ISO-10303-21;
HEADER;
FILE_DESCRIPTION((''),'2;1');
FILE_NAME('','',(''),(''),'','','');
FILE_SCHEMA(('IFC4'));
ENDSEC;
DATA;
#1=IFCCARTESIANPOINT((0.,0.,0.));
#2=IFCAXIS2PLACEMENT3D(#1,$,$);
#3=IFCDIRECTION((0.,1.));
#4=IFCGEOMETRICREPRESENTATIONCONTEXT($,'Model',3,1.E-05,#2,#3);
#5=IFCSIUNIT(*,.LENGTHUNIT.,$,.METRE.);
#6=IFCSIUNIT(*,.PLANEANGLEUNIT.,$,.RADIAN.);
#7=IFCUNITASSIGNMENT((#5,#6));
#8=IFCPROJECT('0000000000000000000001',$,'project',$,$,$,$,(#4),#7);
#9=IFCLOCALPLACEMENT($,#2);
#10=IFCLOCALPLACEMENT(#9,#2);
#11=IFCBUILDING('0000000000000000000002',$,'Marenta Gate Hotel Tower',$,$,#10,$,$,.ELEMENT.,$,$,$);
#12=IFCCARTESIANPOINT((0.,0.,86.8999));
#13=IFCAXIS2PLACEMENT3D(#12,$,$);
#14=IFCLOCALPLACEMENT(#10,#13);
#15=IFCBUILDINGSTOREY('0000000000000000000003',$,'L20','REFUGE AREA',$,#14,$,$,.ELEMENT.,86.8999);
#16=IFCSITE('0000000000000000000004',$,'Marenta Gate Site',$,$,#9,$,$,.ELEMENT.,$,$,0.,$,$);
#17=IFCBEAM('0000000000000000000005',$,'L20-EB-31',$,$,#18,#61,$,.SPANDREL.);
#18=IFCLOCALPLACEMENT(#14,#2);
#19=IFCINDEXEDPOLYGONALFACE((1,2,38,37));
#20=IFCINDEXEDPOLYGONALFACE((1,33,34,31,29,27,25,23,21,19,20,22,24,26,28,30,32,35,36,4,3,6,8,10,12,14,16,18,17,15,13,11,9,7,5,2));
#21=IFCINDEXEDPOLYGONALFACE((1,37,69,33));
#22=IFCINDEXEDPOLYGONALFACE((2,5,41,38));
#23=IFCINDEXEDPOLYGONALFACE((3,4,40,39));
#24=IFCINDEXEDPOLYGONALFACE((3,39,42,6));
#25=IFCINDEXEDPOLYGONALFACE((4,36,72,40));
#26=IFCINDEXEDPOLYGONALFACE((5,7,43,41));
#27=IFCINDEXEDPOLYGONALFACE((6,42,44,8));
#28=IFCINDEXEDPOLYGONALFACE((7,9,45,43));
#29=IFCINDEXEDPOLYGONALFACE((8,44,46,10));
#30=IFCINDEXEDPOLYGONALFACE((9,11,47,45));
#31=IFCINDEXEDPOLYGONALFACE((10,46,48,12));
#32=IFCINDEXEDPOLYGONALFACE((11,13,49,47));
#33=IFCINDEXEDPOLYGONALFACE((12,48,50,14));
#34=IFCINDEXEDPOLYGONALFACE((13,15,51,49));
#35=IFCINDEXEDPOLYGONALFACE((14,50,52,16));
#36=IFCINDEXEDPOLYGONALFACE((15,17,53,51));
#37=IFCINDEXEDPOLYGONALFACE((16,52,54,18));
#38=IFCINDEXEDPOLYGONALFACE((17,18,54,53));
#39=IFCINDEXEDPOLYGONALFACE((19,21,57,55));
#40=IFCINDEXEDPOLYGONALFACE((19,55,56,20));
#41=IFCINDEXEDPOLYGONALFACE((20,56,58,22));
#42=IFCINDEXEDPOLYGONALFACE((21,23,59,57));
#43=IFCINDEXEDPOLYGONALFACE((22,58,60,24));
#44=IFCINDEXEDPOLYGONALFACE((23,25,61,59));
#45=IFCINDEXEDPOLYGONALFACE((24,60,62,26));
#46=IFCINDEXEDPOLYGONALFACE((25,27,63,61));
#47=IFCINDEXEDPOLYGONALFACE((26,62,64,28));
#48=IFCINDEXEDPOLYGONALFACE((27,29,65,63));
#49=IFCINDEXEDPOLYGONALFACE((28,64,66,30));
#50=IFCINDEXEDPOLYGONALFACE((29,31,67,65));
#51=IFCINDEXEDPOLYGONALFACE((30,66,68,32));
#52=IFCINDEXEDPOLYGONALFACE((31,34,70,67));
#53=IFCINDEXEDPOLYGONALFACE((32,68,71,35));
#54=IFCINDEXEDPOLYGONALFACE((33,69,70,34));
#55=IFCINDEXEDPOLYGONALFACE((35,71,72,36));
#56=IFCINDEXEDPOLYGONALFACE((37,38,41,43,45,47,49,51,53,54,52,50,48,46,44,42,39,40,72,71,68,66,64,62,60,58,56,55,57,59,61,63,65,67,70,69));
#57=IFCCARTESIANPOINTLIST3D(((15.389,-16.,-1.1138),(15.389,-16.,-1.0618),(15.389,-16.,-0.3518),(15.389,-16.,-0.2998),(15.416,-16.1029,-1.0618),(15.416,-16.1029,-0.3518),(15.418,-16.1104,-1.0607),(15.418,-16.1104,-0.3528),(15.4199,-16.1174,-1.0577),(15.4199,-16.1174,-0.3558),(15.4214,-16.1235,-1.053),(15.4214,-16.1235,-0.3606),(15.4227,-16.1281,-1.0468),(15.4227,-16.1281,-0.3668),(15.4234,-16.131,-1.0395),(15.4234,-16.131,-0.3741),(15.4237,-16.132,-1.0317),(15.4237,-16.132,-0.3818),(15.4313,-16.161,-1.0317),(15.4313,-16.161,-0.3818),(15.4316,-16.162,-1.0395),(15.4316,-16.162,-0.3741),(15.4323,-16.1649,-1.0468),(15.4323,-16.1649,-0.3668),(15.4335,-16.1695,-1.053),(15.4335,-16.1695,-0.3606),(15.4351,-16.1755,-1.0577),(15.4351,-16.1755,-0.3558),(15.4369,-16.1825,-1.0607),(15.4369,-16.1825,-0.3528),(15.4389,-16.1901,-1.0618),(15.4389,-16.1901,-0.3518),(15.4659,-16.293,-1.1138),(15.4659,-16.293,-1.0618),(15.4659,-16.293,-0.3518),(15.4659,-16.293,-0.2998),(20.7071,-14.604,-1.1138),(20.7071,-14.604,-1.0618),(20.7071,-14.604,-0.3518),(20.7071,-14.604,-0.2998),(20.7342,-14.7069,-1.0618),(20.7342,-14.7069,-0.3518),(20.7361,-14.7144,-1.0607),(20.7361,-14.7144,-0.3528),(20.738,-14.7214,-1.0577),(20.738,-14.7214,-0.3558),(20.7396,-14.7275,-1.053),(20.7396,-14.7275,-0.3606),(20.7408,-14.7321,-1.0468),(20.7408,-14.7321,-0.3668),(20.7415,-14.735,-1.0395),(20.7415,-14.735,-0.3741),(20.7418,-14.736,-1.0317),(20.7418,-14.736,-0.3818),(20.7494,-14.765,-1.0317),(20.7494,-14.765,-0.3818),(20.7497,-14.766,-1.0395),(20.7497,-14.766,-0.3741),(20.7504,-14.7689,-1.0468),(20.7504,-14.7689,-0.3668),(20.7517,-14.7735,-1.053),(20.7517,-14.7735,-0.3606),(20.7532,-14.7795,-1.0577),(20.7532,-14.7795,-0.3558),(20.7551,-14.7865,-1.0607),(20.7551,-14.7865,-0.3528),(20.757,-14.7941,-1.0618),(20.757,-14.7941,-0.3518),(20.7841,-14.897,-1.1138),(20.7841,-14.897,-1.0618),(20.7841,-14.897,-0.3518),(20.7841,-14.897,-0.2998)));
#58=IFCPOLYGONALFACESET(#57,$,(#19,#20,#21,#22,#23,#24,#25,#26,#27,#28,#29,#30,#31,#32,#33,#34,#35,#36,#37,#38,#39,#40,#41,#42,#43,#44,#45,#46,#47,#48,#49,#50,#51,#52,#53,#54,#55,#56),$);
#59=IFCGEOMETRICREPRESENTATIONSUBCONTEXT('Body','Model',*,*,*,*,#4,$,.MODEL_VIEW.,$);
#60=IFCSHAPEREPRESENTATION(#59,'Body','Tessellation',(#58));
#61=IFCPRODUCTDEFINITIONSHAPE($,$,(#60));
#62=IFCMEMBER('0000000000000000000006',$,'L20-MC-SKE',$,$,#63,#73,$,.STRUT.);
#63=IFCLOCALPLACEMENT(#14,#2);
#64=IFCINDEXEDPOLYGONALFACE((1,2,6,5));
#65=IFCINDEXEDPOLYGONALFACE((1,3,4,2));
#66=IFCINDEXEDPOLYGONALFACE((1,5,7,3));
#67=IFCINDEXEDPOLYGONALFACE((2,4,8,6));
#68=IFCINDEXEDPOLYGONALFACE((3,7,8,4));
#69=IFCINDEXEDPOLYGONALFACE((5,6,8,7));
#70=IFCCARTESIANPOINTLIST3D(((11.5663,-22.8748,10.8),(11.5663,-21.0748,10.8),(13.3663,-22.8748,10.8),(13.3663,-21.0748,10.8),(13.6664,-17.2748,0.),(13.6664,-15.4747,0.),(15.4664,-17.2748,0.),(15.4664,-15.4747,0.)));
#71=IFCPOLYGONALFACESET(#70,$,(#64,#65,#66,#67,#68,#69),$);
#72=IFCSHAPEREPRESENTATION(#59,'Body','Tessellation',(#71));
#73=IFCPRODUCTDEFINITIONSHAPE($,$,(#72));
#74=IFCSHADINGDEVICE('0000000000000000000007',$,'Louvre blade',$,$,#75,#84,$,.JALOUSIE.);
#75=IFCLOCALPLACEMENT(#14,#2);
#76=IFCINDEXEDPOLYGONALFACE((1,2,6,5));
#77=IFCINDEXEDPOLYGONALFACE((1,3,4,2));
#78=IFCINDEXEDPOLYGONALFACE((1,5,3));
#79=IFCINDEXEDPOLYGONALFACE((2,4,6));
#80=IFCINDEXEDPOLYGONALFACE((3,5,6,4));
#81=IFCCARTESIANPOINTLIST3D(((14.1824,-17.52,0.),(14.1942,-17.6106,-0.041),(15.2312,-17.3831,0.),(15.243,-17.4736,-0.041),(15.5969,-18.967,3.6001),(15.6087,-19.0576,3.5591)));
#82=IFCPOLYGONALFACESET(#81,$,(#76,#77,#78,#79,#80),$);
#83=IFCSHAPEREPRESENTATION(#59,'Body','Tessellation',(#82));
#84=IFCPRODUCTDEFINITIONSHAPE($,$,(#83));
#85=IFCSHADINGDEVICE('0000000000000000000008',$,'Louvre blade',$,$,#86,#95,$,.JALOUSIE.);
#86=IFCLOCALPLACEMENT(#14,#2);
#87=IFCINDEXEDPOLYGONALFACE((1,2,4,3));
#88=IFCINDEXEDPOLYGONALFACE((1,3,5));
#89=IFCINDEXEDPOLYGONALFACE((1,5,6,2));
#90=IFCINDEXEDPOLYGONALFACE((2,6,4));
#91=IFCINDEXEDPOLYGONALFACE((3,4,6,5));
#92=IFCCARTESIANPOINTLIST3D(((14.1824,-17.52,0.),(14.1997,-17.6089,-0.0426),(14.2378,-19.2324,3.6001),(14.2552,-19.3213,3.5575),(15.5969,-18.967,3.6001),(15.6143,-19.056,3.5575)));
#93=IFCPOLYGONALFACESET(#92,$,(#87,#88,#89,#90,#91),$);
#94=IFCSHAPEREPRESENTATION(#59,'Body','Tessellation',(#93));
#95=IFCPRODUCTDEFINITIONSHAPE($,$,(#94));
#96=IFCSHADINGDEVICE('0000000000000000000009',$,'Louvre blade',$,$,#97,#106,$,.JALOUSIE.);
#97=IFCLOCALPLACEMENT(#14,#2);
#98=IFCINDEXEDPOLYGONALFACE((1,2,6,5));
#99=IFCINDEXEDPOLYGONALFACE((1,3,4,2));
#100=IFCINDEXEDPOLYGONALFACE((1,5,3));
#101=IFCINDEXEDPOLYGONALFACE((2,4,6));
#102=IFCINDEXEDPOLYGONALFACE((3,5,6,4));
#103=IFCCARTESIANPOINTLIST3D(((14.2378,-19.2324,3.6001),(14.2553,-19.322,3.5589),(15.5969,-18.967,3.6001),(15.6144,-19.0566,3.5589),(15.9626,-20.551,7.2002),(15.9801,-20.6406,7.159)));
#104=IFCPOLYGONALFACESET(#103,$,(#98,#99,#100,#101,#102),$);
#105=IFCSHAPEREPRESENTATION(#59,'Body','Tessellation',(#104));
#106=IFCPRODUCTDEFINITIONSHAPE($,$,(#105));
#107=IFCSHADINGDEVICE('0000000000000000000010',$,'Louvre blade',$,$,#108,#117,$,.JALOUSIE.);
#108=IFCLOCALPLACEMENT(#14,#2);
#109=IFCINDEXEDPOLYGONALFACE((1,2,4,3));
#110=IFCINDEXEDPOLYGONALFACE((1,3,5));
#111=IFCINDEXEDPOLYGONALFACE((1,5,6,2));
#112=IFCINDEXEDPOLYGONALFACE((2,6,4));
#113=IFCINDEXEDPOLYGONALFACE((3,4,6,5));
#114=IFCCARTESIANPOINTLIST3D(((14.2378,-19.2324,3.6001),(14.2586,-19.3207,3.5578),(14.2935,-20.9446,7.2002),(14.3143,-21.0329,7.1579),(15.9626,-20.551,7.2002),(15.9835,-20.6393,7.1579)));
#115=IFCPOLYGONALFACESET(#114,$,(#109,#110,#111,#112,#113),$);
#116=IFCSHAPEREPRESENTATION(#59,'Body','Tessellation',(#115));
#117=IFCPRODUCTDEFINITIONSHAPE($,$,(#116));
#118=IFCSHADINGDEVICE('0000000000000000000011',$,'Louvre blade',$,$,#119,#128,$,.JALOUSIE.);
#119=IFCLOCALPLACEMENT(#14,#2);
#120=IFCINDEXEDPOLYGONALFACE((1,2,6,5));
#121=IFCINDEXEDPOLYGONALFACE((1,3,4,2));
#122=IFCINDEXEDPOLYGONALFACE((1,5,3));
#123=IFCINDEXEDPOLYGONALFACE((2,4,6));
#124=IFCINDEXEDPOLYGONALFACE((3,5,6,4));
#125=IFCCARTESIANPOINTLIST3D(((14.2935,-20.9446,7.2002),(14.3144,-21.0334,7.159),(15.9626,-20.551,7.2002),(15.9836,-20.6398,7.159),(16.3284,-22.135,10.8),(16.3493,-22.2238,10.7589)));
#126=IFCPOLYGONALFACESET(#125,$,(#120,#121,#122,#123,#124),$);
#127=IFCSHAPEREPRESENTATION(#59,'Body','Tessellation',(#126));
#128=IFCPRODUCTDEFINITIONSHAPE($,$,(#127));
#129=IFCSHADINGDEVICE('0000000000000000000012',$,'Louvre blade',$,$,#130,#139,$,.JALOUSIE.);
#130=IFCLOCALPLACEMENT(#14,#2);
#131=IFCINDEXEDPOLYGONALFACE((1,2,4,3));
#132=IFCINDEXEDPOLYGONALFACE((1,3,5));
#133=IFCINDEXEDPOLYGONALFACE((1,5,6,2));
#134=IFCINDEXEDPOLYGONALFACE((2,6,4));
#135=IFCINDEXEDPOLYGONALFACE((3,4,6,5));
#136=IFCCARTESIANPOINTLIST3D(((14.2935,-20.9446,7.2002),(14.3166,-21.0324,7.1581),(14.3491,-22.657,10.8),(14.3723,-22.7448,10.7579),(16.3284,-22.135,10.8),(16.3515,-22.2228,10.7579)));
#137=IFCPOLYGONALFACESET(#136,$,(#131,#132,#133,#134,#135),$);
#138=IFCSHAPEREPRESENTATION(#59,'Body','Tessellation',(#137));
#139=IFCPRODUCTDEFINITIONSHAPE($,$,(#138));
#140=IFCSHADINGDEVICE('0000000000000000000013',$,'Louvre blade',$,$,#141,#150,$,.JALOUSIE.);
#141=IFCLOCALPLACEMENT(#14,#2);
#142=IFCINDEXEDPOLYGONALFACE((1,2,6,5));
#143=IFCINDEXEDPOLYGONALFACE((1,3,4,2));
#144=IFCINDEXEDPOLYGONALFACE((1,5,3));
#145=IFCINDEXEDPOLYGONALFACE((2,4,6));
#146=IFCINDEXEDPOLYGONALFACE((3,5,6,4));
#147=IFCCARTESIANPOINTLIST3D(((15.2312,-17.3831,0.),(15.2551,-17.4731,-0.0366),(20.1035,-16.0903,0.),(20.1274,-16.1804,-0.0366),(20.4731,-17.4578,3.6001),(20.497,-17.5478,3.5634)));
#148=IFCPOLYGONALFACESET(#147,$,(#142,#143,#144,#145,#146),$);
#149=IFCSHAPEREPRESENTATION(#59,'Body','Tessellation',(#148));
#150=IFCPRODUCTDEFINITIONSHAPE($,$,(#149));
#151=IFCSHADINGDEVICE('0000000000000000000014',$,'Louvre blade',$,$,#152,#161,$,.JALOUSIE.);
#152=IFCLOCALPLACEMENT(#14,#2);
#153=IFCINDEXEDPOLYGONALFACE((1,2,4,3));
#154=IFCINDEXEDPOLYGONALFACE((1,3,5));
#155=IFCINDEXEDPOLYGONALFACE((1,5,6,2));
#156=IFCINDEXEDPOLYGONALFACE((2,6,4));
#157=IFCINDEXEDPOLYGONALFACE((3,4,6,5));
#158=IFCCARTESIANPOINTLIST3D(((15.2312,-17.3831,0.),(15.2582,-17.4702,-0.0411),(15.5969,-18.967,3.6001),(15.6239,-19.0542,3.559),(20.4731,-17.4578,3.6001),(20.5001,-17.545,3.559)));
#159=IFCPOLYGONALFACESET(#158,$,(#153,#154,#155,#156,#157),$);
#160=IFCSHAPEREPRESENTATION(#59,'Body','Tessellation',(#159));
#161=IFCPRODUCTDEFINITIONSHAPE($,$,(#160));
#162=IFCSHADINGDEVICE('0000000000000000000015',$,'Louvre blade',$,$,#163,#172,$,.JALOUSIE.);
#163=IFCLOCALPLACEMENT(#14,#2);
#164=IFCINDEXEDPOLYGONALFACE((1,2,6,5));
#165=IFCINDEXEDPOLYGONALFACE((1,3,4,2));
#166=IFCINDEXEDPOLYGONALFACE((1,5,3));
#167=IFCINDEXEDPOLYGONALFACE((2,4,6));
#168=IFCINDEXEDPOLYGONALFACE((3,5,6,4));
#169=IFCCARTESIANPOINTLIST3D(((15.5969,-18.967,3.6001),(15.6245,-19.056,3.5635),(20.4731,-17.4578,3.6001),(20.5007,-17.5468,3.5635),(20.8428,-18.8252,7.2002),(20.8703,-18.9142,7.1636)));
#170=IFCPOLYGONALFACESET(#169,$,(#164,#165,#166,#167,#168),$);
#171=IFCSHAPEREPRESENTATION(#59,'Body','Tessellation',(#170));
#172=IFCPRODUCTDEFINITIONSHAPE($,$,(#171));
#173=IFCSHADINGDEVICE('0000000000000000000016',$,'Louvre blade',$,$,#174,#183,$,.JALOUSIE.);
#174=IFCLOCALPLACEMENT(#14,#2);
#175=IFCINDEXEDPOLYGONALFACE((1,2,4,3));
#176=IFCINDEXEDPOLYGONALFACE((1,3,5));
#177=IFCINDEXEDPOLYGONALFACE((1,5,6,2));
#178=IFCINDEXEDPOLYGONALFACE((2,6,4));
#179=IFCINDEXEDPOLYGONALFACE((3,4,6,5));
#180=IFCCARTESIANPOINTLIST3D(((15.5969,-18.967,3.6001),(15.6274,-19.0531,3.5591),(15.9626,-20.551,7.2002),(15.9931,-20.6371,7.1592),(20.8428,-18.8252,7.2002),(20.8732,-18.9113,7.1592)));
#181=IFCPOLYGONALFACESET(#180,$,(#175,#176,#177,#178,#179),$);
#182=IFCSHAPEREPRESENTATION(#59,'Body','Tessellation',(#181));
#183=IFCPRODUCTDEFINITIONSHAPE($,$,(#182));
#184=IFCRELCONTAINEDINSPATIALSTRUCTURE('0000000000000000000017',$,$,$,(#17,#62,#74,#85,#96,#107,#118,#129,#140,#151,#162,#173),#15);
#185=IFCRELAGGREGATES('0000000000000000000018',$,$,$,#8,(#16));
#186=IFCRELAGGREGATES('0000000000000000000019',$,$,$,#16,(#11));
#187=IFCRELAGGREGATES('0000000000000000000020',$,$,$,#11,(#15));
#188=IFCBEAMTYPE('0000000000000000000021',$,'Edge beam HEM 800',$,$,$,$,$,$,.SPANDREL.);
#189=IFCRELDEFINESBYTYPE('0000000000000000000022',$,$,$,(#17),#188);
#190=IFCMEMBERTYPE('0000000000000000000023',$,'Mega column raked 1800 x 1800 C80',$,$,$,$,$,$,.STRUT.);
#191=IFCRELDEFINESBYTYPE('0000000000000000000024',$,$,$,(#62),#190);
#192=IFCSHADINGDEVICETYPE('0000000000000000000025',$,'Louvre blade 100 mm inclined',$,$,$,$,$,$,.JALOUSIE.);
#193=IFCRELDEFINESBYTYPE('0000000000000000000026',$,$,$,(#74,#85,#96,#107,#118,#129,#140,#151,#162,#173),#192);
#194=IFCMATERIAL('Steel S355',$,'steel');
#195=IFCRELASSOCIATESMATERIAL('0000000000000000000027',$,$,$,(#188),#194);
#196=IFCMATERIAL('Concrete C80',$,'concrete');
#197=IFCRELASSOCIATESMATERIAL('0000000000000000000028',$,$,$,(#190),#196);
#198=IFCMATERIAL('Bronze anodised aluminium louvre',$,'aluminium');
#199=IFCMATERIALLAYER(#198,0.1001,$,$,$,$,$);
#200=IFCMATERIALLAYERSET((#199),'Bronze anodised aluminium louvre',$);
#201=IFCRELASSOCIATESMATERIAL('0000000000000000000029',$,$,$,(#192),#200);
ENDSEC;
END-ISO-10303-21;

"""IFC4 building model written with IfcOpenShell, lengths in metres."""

from ifc_helpers import new_model, si_unit, direction, frame, origin, origin_2d, place, context, subcontext, project, spatial, polyline, rectangle, i_section, outline, extrude, material, layer, layer_set, material_profile, profile_set, type_object, element, save


model = new_model("IFC4")

# Units and contexts
model_context = context("Model", 3, precision=1e-05, world=origin(), true_north=direction((0.0, 1.0)))
body_context = subcontext(model_context, "Body", "Model", "MODEL_VIEW")
ifc_project = project(units=[si_unit("LENGTHUNIT", "METRE"), si_unit("PLANEANGLEUNIT", "RADIAN")], contexts=[model_context])

# Site, building, storey
site_placement = place(None, origin())
site = spatial("IfcSite", under=ifc_project, at=site_placement, Name="Marenta Gate Site", CompositionType="ELEMENT", RefElevation=0.0)
building_placement = place(site_placement, origin())
building = spatial("IfcBuilding", under=site, at=building_placement, Name="Marenta Gate Hotel Tower", CompositionType="ELEMENT")
storey_placement = place(building_placement, frame((0.0, 0.0, 86.8999)))
storey = spatial("IfcBuildingStorey", under=building, at=storey_placement, Name="L20", Description="REFUGE AREA", CompositionType="ELEMENT", Elevation=86.8999)

# Beam
ifc_material_1 = material(Name="Steel S355", Category="steel")
ifc_material_profile_1 = material_profile(ifc_material_1, i_section(OverallWidth=0.303, OverallDepth=0.814, WebThickness=0.03, FlangeThickness=0.052, FilletRadius=0.03, at=origin_2d()), Name="HEM 800")
ifc_profile_set_1 = profile_set([ifc_material_profile_1], Name="Steel S355")
beam_type = type_object("IfcBeamType", Name="Edge beam HEM 800", PredefinedType="SPANDREL", material=ifc_profile_set_1)
beam_placement = place(storey_placement, frame((20.7456, -14.7505, -0.7068), z_axis=(-0.967231, -0.253897, 0.0), x_axis=(0.253897, -0.967231, 0.0)))
element("IfcBeam", 1, at=beam_placement, inside=storey, type_object=beam_type, Name="L20-EB-31", PredefinedType="SPANDREL", context=body_context, shape_type="SweptSolid", body=[
    extrude(i_section(OverallWidth=0.303, OverallDepth=0.814, WebThickness=0.03, FlangeThickness=0.052, FilletRadius=0.03, at=origin_2d()), origin(), (0.0, 0.0, 1.0), 5.4983),
])

# Member
ifc_material_2 = material(Name="Concrete C80", Category="concrete")
ifc_material_profile_2 = material_profile(ifc_material_2, rectangle(XDim=1.8, YDim=1.8, at=origin_2d()), Name="1800 x 1800")
ifc_profile_set_2 = profile_set([ifc_material_profile_2], Name="Concrete C80")
member_type = type_object("IfcMemberType", Name="Mega column raked 1800 x 1800 C80", PredefinedType="STRUT", material=ifc_profile_set_2)
member_placement = place(storey_placement, frame((14.5664, -16.3748, 0.0), z_axis=(0.0, 0.0, 1.0), x_axis=(1.0, 0.0, 0.0)))
element("IfcMember", 2, at=member_placement, inside=storey, type_object=member_type, Name="L20-MC-SKE", PredefinedType="STRUT", context=body_context, shape_type="SweptSolid", body=[
    extrude(rectangle(XDim=1.8, YDim=1.8, at=origin_2d()), origin(), (-0.17011, -0.453613, 0.874813), 12.3455),
])

# Shading devices
ifc_material_3 = material(Name="Bronze anodised aluminium louvre", Category="aluminium")
ifc_layer_1 = layer(ifc_material_3, 0.1001)
ifc_layer_set_1 = layer_set([ifc_layer_1], Name="Bronze anodised aluminium louvre")
shading_device_type = type_object("IfcShadingDeviceType", Name="Louvre blade 100 mm inclined", PredefinedType="JALOUSIE", material=ifc_layer_set_1)
shading_device_1_placement = place(storey_placement, frame((14.1824, -17.52, 0.0), z_axis=(-0.118107, 0.904436, 0.409935), x_axis=(0.991581, 0.129487, 0.0)))
element("IfcShadingDevice", 3, at=shading_device_1_placement, inside=storey, type_object=shading_device_type, Name="Louvre blade", PredefinedType="JALOUSIE", context=body_context, shape_type="SweptSolid", body=[
    extrude(outline(polyline([(0.0, 0.0), (1.0577, 0.0), (1.2153, -3.947), (0.0, 0.0)])), origin(), (0.0, 0.0, -1.0), 0.1001),
])
shading_device_2_placement = place(storey_placement, frame((14.1824, -17.52, 0.0), z_axis=(-0.173452, 0.888322, 0.425204), x_axis=(0.34252, -0.350382, 0.871729)))
element("IfcShadingDevice", 4, at=shading_device_2_placement, inside=storey, type_object=shading_device_type, Name="Louvre blade", PredefinedType="JALOUSIE", context=body_context, shape_type="SweptSolid", body=[
    extrude(outline(polyline([(0.0, 0.0), (4.1298, 0.0), (3.7573, -1.3337), (0.0, 0.0)])), origin(), (0.0, 0.0, -1.0), 0.1001),
])
shading_device_3_placement = place(storey_placement, frame((14.2378, -19.2324, 3.6001), z_axis=(-0.174675, 0.894585, 0.411347), x_axis=(0.981466, 0.191639, 0.0)))
element("IfcShadingDevice", 5, at=shading_device_3_placement, inside=storey, type_object=shading_device_type, Name="Louvre blade", PredefinedType="JALOUSIE", context=body_context, shape_type="SweptSolid", body=[
    extrude(outline(polyline([(0.0, 0.0), (1.3848, 0.0), (1.4402, -3.9497), (0.0, 0.0)])), origin(), (0.0, 0.0, -1.0), 0.1001),
])
shading_device_4_placement = place(storey_placement, frame((14.2378, -19.2324, 3.6001), z_axis=(-0.207972, 0.882075, 0.422719), x_axis=(0.410278, -0.313646, 0.856328)))
element("IfcShadingDevice", 6, at=shading_device_4_placement, inside=storey, type_object=shading_device_type, Name="Louvre blade", PredefinedType="JALOUSIE", context=body_context, shape_type="SweptSolid", body=[
    extrude(outline(polyline([(0.0, 0.0), (4.2041, 0.0), (3.6427, -1.6205), (0.0, 0.0)])), origin(), (0.0, 0.0, -1.0), 0.1001),
])
shading_device_5_placement = place(storey_placement, frame((14.2935, -20.9446, 7.2002), z_axis=(-0.209147, 0.887058, 0.411565), x_axis=(0.973313, 0.229484, 0.0)))
element("IfcShadingDevice", 7, at=shading_device_5_placement, inside=storey, type_object=shading_device_type, Name="Louvre blade", PredefinedType="JALOUSIE", context=body_context, shape_type="SweptSolid", body=[
    extrude(outline(polyline([(0.0, 0.0), (1.715, 0.0), (1.7074, -3.9499), (0.0, 0.0)])), origin(), (0.0, 0.0, -1.0), 0.1001),
])
shading_device_6_placement = place(storey_placement, frame((14.2935, -20.9446, 7.2002), z_axis=(-0.231325, 0.877151, 0.420826), x_axis=(0.472891, -0.276643, 0.836566)))
element("IfcShadingDevice", 8, at=shading_device_6_placement, inside=storey, type_object=shading_device_type, Name="Louvre blade", PredefinedType="JALOUSIE", context=body_context, shape_type="SweptSolid", body=[
    extrude(outline(polyline([(0.0, 0.0), (4.3031, 0.0), (3.5116, -1.8877), (0.0, 0.0)])), origin(), (0.0, 0.0, -1.0), 0.1001),
])
shading_device_7_placement = place(storey_placement, frame((15.2312, -17.3831, 0.0), z_axis=(-0.23864, 0.899441, 0.366138), x_axis=(0.966558, 0.256448, 0.0)))
element("IfcShadingDevice", 9, at=shading_device_7_placement, inside=storey, type_object=shading_device_type, Name="Louvre blade", PredefinedType="JALOUSIE", context=body_context, shape_type="SweptSolid", body=[
    extrude(outline(polyline([(0.0, 0.0), (5.0409, 0.0), (5.0475, -3.8687), (0.0, 0.0)])), origin(), (0.0, 0.0, -1.0), 0.1001),
])
shading_device_8_placement = place(storey_placement, frame((15.2312, -17.3831, 0.0), z_axis=(-0.2696, 0.871034, 0.410629), x_axis=(0.824259, -0.011747, 0.56609)))
element("IfcShadingDevice", 10, at=shading_device_8_placement, inside=storey, type_object=shading_device_type, Name="Louvre blade", PredefinedType="JALOUSIE", context=body_context, shape_type="SweptSolid", body=[
    extrude(outline(polyline([(0.0, 0.0), (6.3596, 0.0), (2.358, -3.1691), (0.0, 0.0)])), origin(), (0.0, 0.0, -1.0), 0.1001),
])
shading_device_9_placement = place(storey_placement, frame((15.5969, -18.967, 3.6001), z_axis=(-0.275171, 0.88903, 0.365934), x_axis=(0.955287, 0.295679, 0.0)))
element("IfcShadingDevice", 11, at=shading_device_9_placement, inside=storey, type_object=shading_device_type, Name="Louvre blade", PredefinedType="JALOUSIE", context=body_context, shape_type="SweptSolid", body=[
    extrude(outline(polyline([(0.0, 0.0), (5.1045, 0.0), (5.0532, -3.8684), (0.0, 0.0)])), origin(), (0.0, 0.0, -1.0), 0.1001),
])
shading_device_10_placement = place(storey_placement, frame((15.5969, -18.967, 3.6001), z_axis=(-0.304194, 0.860168, 0.409362), x_axis=(0.824308, 0.022289, 0.565702)))
element("IfcShadingDevice", 12, at=shading_device_10_placement, inside=storey, type_object=shading_device_type, Name="Louvre blade", PredefinedType="JALOUSIE", context=body_context, shape_type="SweptSolid", body=[
    extrude(outline(polyline([(0.0, 0.0), (6.3639, 0.0), (2.3027, -3.2095), (0.0, 0.0)])), origin(), (0.0, 0.0, -1.0), 0.1001),
])

save(model, "model.ifc")
